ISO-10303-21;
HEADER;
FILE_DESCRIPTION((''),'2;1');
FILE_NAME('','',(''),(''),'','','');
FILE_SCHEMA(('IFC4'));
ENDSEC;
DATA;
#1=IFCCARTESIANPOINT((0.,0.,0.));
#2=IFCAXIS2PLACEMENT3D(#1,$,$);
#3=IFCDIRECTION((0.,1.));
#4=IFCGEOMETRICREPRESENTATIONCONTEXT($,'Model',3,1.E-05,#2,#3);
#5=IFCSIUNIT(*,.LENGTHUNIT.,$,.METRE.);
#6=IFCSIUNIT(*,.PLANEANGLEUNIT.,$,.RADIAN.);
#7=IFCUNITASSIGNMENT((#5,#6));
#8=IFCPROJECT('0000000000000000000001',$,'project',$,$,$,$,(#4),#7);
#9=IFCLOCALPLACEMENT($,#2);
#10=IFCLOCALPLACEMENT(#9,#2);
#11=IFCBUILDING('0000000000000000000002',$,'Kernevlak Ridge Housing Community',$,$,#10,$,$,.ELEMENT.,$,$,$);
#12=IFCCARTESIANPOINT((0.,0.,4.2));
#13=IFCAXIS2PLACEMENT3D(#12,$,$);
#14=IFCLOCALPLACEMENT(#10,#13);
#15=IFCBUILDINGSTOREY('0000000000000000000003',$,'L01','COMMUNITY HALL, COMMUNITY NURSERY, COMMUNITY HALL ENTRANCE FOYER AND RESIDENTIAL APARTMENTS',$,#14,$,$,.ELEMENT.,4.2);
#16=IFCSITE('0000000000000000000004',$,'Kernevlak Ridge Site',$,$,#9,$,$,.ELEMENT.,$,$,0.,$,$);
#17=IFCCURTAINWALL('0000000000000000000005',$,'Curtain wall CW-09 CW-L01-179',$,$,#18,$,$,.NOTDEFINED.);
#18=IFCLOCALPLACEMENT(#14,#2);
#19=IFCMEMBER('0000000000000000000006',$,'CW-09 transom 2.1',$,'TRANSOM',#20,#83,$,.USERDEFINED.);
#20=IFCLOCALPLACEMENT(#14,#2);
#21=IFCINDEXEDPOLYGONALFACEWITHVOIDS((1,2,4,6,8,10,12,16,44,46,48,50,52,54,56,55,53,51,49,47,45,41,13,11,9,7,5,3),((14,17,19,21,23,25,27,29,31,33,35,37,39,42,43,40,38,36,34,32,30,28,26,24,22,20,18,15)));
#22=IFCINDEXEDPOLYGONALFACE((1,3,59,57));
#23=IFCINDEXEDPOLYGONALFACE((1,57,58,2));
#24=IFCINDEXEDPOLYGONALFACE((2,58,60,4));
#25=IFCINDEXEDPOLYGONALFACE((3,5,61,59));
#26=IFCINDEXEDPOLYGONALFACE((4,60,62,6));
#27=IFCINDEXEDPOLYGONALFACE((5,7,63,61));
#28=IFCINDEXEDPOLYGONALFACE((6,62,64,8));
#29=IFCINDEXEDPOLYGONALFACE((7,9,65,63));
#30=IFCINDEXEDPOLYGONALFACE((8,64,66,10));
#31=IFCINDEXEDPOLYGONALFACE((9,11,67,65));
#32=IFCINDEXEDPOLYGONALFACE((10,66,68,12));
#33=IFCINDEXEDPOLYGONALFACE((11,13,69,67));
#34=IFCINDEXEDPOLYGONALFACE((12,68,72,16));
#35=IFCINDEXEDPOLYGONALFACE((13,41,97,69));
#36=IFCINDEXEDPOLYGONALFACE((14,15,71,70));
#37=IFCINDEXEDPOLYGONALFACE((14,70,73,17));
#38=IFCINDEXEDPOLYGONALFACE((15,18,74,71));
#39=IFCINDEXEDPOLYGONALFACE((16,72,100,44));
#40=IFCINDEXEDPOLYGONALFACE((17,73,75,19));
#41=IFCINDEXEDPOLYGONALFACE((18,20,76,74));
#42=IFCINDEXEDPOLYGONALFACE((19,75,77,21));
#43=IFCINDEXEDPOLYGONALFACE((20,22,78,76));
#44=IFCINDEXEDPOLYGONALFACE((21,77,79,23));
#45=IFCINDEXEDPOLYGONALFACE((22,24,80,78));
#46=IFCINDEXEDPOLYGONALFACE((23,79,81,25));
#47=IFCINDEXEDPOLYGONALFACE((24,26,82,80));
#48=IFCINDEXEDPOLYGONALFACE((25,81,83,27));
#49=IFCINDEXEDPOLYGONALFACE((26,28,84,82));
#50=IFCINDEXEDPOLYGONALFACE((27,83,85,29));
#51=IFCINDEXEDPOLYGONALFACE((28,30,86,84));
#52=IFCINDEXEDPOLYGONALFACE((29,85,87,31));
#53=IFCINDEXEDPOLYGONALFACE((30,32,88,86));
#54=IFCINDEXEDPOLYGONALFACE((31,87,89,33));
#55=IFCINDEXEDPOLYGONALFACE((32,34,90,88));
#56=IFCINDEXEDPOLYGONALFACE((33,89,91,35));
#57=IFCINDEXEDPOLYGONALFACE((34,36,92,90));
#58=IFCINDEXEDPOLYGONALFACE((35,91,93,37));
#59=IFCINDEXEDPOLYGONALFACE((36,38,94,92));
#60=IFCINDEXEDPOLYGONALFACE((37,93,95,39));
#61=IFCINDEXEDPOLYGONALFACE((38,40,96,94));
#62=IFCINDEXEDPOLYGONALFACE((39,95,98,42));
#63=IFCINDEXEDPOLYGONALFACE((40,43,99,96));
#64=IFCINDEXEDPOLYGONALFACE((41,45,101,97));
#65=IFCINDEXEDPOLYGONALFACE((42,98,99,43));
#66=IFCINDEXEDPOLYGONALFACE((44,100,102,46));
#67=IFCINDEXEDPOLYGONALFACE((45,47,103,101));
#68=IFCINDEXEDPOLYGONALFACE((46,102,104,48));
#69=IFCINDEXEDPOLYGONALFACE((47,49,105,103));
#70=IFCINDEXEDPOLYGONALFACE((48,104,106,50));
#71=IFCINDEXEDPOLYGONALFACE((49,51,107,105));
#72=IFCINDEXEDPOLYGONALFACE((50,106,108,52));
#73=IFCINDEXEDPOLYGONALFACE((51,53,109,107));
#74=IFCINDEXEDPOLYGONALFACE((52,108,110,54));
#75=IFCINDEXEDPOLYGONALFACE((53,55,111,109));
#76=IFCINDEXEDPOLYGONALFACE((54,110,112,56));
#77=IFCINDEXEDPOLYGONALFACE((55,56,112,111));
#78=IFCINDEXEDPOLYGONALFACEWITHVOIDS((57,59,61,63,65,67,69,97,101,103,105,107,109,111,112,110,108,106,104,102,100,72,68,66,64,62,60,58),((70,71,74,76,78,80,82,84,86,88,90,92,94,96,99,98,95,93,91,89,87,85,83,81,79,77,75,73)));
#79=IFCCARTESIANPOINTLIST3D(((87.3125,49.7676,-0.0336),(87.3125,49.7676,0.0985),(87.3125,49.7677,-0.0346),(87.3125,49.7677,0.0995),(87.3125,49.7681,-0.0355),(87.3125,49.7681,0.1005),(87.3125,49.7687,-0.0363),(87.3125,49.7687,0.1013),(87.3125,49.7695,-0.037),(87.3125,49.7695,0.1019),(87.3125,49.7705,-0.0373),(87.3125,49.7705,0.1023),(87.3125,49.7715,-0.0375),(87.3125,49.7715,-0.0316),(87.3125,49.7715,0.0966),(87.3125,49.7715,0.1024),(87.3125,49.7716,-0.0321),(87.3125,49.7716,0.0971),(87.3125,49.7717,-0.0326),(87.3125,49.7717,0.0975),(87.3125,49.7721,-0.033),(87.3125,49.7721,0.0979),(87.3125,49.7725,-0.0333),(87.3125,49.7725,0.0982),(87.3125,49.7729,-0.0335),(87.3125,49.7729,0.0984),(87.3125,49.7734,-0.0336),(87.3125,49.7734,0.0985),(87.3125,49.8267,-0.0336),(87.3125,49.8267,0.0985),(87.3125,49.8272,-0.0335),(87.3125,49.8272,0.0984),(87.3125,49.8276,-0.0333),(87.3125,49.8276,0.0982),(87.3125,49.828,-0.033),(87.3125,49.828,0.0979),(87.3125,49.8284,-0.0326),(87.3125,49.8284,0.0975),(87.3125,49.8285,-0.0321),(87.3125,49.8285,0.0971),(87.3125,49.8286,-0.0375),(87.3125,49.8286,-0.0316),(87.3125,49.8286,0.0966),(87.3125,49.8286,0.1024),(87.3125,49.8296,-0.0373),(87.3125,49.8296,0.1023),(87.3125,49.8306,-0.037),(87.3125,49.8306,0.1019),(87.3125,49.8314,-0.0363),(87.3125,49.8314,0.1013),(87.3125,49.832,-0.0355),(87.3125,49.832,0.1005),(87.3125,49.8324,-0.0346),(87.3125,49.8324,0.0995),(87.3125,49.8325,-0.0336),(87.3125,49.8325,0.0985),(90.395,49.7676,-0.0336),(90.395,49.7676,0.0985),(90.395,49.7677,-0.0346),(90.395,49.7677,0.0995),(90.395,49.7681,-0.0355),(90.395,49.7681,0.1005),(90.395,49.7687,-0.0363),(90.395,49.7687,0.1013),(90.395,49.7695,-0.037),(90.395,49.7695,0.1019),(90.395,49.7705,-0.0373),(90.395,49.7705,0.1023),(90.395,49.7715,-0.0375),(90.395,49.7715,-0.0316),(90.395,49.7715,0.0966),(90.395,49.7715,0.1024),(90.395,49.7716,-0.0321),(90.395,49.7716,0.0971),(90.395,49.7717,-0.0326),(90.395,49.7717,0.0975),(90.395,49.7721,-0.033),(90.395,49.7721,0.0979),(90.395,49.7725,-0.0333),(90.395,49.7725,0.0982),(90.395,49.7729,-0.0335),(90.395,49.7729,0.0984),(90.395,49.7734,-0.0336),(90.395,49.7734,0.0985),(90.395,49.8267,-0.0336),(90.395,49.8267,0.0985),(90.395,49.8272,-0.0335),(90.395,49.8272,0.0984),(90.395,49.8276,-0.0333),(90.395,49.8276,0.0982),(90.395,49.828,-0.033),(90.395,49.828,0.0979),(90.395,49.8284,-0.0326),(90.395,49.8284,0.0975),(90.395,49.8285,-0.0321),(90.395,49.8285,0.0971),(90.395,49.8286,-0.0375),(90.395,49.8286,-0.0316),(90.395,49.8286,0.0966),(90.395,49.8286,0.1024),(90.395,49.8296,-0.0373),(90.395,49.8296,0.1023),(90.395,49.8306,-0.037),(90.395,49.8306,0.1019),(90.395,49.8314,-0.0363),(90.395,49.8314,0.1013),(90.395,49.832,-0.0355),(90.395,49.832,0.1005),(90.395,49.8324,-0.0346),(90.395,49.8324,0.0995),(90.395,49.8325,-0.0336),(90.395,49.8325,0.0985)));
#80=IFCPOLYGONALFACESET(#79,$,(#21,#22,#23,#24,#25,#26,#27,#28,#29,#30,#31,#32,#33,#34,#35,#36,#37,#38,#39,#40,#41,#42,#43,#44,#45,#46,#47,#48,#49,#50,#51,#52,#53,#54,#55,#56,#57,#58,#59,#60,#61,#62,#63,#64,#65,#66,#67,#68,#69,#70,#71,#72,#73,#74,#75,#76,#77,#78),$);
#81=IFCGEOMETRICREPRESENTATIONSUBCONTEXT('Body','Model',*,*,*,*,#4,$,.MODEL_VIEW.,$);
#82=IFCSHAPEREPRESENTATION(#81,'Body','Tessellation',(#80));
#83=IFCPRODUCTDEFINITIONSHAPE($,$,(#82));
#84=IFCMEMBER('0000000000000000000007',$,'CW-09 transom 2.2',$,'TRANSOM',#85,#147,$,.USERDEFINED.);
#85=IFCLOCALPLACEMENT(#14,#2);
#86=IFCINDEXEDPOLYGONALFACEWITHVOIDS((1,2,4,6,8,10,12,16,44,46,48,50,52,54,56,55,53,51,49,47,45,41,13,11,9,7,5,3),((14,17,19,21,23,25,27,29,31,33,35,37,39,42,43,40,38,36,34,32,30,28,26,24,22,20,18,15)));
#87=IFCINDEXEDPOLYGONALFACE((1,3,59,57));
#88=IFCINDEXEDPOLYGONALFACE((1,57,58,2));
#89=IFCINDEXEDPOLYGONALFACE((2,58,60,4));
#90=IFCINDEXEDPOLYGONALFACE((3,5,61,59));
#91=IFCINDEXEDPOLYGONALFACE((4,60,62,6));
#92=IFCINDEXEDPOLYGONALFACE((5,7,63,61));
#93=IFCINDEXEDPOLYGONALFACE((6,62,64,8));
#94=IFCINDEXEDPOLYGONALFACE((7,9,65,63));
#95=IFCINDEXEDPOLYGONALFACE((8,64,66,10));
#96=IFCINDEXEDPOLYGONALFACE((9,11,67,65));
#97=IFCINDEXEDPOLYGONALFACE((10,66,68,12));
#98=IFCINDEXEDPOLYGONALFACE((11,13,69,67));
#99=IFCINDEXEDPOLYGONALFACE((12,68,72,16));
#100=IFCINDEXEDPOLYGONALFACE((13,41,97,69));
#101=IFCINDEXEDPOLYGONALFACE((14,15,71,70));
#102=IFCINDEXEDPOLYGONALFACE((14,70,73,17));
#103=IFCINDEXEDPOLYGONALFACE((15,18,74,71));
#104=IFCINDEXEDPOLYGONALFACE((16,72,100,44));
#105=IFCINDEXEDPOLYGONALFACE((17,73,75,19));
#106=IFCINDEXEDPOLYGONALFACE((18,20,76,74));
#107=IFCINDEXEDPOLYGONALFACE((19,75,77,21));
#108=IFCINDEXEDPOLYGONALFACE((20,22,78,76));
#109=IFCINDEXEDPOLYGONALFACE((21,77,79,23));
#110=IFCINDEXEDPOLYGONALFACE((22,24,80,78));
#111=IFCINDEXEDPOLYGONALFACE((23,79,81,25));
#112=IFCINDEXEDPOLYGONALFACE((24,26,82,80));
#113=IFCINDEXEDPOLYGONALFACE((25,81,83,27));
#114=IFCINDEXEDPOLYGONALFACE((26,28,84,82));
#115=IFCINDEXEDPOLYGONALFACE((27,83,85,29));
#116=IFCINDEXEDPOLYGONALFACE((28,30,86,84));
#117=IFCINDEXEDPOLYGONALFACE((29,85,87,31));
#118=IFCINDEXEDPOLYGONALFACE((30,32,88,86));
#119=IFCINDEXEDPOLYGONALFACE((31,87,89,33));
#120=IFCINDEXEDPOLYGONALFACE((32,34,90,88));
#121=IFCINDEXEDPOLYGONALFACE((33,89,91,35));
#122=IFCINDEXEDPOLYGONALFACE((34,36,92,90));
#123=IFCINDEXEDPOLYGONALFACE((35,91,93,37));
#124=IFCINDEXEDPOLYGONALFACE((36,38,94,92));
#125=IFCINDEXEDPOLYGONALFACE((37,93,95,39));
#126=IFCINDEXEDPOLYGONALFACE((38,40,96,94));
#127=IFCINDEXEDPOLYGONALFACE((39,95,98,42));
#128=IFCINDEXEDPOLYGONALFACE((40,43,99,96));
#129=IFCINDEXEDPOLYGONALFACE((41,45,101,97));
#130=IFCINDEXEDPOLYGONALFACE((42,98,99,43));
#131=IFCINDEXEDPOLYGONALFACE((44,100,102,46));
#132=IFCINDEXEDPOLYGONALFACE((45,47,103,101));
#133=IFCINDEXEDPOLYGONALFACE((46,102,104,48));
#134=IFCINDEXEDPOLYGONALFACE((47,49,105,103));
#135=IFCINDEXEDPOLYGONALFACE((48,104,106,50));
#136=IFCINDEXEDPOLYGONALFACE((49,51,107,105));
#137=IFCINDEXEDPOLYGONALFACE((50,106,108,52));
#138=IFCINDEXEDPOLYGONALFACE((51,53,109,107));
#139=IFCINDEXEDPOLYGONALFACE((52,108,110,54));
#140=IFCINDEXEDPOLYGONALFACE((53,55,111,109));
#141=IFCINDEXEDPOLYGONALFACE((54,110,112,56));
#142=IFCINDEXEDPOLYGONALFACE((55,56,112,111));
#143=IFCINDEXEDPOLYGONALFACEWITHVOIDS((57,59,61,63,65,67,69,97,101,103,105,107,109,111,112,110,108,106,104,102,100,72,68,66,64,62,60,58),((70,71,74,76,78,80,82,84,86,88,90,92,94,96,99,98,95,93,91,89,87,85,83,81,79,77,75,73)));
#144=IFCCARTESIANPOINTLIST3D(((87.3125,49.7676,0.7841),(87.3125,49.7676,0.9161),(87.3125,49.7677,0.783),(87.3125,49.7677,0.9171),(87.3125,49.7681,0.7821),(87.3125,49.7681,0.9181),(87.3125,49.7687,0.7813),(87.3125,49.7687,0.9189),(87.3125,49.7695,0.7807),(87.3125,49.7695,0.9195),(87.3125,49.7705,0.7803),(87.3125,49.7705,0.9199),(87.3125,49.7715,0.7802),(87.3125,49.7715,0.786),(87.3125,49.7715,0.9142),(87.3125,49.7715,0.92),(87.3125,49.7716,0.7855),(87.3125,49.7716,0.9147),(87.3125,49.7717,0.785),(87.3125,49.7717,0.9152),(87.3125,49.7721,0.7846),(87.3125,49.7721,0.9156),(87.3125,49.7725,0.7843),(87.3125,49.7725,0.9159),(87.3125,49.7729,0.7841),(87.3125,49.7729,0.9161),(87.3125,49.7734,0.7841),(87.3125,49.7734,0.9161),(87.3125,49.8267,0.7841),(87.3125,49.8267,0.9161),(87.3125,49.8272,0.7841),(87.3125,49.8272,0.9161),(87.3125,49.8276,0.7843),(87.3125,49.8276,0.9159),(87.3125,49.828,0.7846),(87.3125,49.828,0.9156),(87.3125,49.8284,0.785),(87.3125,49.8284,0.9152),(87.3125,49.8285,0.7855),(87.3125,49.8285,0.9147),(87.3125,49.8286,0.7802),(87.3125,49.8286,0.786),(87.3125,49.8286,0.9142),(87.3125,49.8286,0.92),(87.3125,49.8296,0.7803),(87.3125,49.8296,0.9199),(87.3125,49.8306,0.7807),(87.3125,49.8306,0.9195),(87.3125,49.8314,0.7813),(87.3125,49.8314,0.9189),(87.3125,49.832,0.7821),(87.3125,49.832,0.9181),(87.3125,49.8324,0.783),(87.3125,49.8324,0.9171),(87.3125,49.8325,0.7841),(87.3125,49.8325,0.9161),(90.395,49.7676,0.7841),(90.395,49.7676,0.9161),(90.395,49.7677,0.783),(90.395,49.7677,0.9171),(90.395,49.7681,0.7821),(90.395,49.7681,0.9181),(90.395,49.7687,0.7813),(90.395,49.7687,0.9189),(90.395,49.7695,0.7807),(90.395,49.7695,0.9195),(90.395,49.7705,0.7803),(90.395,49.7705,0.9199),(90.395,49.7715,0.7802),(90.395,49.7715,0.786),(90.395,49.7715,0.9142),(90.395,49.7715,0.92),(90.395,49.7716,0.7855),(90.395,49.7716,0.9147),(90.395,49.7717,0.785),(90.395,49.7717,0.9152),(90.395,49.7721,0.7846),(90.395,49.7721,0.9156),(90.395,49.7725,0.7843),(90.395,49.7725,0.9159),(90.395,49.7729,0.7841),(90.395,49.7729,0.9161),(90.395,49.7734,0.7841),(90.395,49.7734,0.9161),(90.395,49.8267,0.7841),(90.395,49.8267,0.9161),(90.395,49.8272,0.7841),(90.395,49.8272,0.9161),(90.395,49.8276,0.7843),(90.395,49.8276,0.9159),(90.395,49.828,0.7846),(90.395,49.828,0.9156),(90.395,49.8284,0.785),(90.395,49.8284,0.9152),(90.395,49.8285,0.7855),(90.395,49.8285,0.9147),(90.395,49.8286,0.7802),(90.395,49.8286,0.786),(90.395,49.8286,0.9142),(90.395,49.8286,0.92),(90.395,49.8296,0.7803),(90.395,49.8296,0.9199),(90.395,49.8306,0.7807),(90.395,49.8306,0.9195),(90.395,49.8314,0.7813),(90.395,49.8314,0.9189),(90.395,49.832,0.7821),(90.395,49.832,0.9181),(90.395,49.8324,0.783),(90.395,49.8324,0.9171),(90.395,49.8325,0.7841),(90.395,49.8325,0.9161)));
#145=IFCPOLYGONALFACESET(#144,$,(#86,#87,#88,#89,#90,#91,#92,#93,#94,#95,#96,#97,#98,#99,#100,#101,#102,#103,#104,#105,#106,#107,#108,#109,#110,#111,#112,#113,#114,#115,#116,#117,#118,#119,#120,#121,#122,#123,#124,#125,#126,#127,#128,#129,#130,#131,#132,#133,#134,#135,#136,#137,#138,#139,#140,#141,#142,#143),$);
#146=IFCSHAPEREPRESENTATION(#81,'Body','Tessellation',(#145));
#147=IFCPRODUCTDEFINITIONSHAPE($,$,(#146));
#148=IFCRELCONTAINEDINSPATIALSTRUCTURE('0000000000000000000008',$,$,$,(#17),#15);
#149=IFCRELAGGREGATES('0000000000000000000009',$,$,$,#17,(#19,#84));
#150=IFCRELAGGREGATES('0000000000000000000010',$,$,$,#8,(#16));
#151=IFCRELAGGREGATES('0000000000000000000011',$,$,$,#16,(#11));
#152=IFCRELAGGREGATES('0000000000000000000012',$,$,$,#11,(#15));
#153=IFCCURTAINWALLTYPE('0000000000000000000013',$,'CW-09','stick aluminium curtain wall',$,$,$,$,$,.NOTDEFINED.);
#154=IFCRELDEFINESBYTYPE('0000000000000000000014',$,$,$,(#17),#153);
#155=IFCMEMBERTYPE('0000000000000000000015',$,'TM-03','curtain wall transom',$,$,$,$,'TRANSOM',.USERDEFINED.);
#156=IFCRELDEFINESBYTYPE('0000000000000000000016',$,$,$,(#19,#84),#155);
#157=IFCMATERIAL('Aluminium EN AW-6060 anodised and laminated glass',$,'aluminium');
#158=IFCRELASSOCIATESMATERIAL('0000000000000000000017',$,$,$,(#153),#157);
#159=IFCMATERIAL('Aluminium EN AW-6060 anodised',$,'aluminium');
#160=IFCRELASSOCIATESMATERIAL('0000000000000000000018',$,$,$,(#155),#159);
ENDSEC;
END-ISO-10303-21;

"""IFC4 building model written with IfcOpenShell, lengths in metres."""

from ifc_helpers import new_model, si_unit, direction, frame, origin, origin_2d, place, context, subcontext, project, spatial, hollow_rectangle, extrude, material, material_profile, profile_set, type_object, element, aggregate, save


model = new_model("IFC4")

# Units and contexts
model_context = context("Model", 3, precision=1e-05, world=origin(), true_north=direction((0.0, 1.0)))
body_context = subcontext(model_context, "Body", "Model", "MODEL_VIEW")
ifc_project = project(units=[si_unit("LENGTHUNIT", "METRE"), si_unit("PLANEANGLEUNIT", "RADIAN")], contexts=[model_context])

# Site, building, storey
site_placement = place(None, origin())
site = spatial("IfcSite", under=ifc_project, at=site_placement, Name="Kernevlak Ridge Site", CompositionType="ELEMENT", RefElevation=0.0)
building_placement = place(site_placement, origin())
building = spatial("IfcBuilding", under=site, at=building_placement, Name="Kernevlak Ridge Housing Community", CompositionType="ELEMENT")
storey_placement = place(building_placement, frame((0.0, 0.0, 4.2)))
storey = spatial("IfcBuildingStorey", under=building, at=storey_placement, Name="L01", Description="COMMUNITY HALL, COMMUNITY NURSERY, COMMUNITY HALL ENTRANCE FOYER AND RESIDENTIAL APARTMENTS", CompositionType="ELEMENT", Elevation=4.2)

# Shared definitions
ifc_material_1 = material(Name="Aluminium EN AW-6060 anodised and laminated glass", Category="aluminium")
ifc_material_2 = material(Name="Aluminium EN AW-6060 anodised", Category="aluminium")

# Curtain wall
curtain_wall_type_1 = type_object("IfcCurtainWallType", Name="CW-09", Description="stick aluminium curtain wall", PredefinedType="NOTDEFINED", material=ifc_material_1)
curtain_wall_1_placement = place(storey_placement, origin())
curtain_wall_1 = element("IfcCurtainWall", 1, at=curtain_wall_1_placement, inside=storey, type_object=curtain_wall_type_1, Name="Curtain wall CW-09 CW-L01-179", PredefinedType="NOTDEFINED")

# Members
ifc_material_profile_1 = material_profile(ifc_material_2, hollow_rectangle(XDim=0.0649, YDim=0.1399, WallThickness=0.0039, InnerFilletRadius=0.002, OuterFilletRadius=0.0039, at=origin_2d()), Name="ALU 65x140x4")
ifc_profile_set_1 = profile_set([ifc_material_profile_1], Name="Aluminium EN AW-6060 anodised")
member_type_1 = type_object("IfcMemberType", Name="TM-03", Description="curtain wall transom", ElementType="TRANSOM", PredefinedType="USERDEFINED", material=ifc_profile_set_1)
member_1_placement = place(storey_placement, frame((87.3125, 49.8, 0.0325), z_axis=(1.0, 0.0, 0.0), x_axis=(0.0, 1.0, 0.0)))
member_1 = element("IfcMember", 2, at=member_1_placement, type_object=member_type_1, Name="CW-09 transom 2.1", ObjectType="TRANSOM", PredefinedType="USERDEFINED", context=body_context, shape_type="SweptSolid", body=[
    extrude(hollow_rectangle(XDim=0.0649, YDim=0.1399, WallThickness=0.0039, InnerFilletRadius=0.002, OuterFilletRadius=0.0039, at=origin_2d()), origin(), (0.0, 0.0, 1.0), 3.0825),
])
member_2_placement = place(storey_placement, frame((87.3125, 49.8, 0.8501), z_axis=(1.0, 0.0, 0.0), x_axis=(0.0, 1.0, 0.0)))
member_2 = element("IfcMember", 3, at=member_2_placement, type_object=member_type_1, Name="CW-09 transom 2.2", ObjectType="TRANSOM", PredefinedType="USERDEFINED", context=body_context, shape_type="SweptSolid", body=[
    extrude(hollow_rectangle(XDim=0.0649, YDim=0.1399, WallThickness=0.0039, InnerFilletRadius=0.002, OuterFilletRadius=0.0039, at=origin_2d()), origin(), (0.0, 0.0, 1.0), 3.0825),
])

aggregate(curtain_wall_1, [member_1, member_2])

save(model, "model.ifc")
